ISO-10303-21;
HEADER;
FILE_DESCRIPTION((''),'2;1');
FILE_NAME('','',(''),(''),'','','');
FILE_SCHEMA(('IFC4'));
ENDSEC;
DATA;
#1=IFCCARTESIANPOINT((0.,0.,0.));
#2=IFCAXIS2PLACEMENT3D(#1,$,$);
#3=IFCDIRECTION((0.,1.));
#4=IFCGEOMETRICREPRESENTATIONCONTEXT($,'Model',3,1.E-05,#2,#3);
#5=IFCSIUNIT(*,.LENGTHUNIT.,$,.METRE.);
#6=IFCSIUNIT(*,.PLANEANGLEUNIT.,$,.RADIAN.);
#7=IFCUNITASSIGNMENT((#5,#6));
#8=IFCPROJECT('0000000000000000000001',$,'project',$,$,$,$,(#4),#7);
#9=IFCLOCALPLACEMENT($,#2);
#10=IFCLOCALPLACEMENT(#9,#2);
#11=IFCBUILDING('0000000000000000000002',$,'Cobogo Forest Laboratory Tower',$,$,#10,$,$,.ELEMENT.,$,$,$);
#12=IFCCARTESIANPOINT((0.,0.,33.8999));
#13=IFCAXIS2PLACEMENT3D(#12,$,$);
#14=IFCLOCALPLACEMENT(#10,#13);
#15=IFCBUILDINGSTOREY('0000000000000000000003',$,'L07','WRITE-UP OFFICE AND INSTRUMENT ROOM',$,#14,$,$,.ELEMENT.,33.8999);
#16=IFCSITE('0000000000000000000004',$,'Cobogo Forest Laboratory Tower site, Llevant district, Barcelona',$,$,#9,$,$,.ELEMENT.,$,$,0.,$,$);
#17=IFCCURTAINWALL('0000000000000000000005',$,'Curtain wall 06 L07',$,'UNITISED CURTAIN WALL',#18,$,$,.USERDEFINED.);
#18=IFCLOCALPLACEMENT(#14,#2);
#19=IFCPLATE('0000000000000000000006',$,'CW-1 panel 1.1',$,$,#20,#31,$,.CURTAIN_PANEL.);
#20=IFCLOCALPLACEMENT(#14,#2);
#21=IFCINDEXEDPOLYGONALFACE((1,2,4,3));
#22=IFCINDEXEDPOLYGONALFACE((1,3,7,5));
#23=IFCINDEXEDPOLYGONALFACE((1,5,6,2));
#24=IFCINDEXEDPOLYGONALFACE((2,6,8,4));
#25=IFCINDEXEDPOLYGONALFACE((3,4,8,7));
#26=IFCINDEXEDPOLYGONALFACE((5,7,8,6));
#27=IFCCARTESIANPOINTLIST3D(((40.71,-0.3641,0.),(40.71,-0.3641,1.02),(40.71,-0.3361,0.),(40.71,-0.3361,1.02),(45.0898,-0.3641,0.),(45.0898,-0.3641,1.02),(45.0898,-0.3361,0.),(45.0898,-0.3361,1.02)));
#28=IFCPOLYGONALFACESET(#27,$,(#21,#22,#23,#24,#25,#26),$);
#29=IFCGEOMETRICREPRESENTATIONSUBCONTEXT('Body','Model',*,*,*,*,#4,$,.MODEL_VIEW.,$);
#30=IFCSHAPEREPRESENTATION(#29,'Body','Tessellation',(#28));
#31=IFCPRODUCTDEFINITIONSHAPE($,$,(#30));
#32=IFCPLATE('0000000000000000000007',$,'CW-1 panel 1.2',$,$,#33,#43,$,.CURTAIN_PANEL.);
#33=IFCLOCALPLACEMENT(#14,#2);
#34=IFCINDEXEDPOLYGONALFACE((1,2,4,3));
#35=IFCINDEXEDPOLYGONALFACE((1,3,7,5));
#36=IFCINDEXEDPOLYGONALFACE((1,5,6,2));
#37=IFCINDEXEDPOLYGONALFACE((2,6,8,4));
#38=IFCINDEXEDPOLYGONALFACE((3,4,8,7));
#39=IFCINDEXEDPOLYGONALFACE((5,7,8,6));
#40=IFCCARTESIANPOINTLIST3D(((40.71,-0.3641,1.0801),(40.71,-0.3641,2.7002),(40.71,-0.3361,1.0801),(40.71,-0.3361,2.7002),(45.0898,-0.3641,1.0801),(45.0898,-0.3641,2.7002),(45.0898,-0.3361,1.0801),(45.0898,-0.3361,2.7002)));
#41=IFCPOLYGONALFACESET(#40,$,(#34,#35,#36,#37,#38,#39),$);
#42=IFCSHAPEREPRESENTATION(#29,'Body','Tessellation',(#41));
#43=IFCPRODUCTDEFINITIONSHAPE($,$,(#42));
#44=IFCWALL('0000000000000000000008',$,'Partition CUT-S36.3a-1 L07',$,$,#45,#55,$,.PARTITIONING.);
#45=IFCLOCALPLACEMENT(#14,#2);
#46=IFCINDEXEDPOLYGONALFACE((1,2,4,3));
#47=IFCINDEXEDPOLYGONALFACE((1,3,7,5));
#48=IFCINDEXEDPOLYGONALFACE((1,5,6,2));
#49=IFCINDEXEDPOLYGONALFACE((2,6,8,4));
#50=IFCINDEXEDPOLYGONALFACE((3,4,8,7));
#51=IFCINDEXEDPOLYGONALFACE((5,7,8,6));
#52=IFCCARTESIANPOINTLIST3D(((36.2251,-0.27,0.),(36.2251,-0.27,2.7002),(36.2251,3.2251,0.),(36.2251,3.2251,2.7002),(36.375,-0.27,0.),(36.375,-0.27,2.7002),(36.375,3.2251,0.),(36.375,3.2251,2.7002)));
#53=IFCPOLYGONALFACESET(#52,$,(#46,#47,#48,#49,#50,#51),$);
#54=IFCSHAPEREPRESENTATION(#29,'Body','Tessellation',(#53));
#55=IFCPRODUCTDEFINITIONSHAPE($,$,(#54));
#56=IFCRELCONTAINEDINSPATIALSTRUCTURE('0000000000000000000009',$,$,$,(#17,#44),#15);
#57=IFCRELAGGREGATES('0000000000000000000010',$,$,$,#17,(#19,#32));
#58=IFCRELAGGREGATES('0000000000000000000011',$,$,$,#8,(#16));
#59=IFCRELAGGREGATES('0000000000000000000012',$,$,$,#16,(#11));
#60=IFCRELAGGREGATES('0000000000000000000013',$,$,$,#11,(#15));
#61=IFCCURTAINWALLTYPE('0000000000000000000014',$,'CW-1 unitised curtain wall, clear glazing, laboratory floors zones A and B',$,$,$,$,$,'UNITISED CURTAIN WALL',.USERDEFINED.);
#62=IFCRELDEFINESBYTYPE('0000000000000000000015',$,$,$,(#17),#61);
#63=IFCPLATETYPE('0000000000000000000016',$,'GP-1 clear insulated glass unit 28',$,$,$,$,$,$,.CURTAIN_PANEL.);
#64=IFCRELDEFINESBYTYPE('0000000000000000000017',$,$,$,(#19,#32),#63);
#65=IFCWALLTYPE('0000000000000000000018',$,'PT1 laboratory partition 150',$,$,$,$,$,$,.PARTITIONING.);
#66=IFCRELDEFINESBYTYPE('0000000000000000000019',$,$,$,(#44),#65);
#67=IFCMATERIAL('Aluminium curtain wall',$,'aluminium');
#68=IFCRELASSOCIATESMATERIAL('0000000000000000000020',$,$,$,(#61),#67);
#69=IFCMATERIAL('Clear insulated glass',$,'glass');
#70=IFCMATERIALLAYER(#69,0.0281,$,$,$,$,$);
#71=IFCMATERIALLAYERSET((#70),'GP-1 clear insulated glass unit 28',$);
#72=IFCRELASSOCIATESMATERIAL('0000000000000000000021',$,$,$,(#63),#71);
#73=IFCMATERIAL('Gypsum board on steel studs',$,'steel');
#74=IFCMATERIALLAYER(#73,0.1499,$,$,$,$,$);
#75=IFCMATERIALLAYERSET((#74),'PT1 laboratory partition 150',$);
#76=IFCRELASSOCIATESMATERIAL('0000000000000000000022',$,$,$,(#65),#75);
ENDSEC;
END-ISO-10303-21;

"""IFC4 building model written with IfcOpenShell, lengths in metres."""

from ifc_helpers import new_model, si_unit, direction, frame, frame_2d, origin, origin_2d, place, context, subcontext, project, spatial, rectangle, extrude, material, layer, layer_set, type_object, element, aggregate, save


model = new_model("IFC4")

# Units and contexts
model_context = context("Model", 3, precision=1e-05, world=origin(), true_north=direction((0.0, 1.0)))
body_context = subcontext(model_context, "Body", "Model", "MODEL_VIEW")
ifc_project = project(units=[si_unit("LENGTHUNIT", "METRE"), si_unit("PLANEANGLEUNIT", "RADIAN")], contexts=[model_context])

# Site, building, storey
site_placement = place(None, origin())
site = spatial("IfcSite", under=ifc_project, at=site_placement, Name="Cobogo Forest Laboratory Tower site, Llevant district, Barcelona", CompositionType="ELEMENT", RefElevation=0.0)
building_placement = place(site_placement, origin())
building = spatial("IfcBuilding", under=site, at=building_placement, Name="Cobogo Forest Laboratory Tower", CompositionType="ELEMENT")
storey_placement = place(building_placement, frame((0.0, 0.0, 33.8999)))
storey = spatial("IfcBuildingStorey", under=building, at=storey_placement, Name="L07", Description="WRITE-UP OFFICE AND INSTRUMENT ROOM", CompositionType="ELEMENT", Elevation=33.8999)

# Curtain wall
ifc_material_1 = material(Name="Aluminium curtain wall", Category="aluminium")
curtain_wall_type = type_object("IfcCurtainWallType", Name="CW-1 unitised curtain wall, clear glazing, laboratory floors zones A and B", ElementType="UNITISED CURTAIN WALL", PredefinedType="USERDEFINED", material=ifc_material_1)
curtain_wall_1_placement = place(storey_placement, origin())
curtain_wall_1 = element("IfcCurtainWall", 1, at=curtain_wall_1_placement, inside=storey, type_object=curtain_wall_type, Name="Curtain wall 06 L07", ObjectType="UNITISED CURTAIN WALL", PredefinedType="USERDEFINED")

# Plates
ifc_material_2 = material(Name="Clear insulated glass", Category="glass")
ifc_layer_1 = layer(ifc_material_2, 0.0281)
ifc_layer_set_1 = layer_set([ifc_layer_1], Name="GP-1 clear insulated glass unit 28")
plate_type_1 = type_object("IfcPlateType", Name="GP-1 clear insulated glass unit 28", PredefinedType="CURTAIN_PANEL", material=ifc_layer_set_1)
plate_1_placement = place(storey_placement, frame((42.8999, -0.3501, 0.0), z_axis=(0.0, 0.0, 1.0), x_axis=(1.0, 0.0, 0.0)))
plate_1 = element("IfcPlate", 2, at=plate_1_placement, type_object=plate_type_1, Name="CW-1 panel 1.1", PredefinedType="CURTAIN_PANEL", context=body_context, shape_type="SweptSolid", body=[
    extrude(rectangle(XDim=4.3799, YDim=0.0281, at=origin_2d()), origin(), (0.0, 0.0, 1.0), 1.02),
])
plate_2_placement = place(storey_placement, frame((42.8999, -0.3501, 1.0801), z_axis=(0.0, 0.0, 1.0), x_axis=(1.0, 0.0, 0.0)))
plate_2 = element("IfcPlate", 3, at=plate_2_placement, type_object=plate_type_1, Name="CW-1 panel 1.2", PredefinedType="CURTAIN_PANEL", context=body_context, shape_type="SweptSolid", body=[
    extrude(rectangle(XDim=4.3799, YDim=0.0281, at=origin_2d()), origin(), (0.0, 0.0, 1.0), 1.6201),
])
aggregate(curtain_wall_1, [plate_1, plate_2])

# Wall
ifc_material_3 = material(Name="Gypsum board on steel studs", Category="steel")
ifc_layer_2 = layer(ifc_material_3, 0.1499)
ifc_layer_set_2 = layer_set([ifc_layer_2], Name="PT1 laboratory partition 150")
wall_type = type_object("IfcWallType", Name="PT1 laboratory partition 150", PredefinedType="PARTITIONING", material=ifc_layer_set_2)
wall_placement = place(storey_placement, frame((36.3, -0.27, 0.0), z_axis=(0.0, 0.0, 1.0), x_axis=(0.0, 1.0, 0.0)))
element("IfcWall", 4, at=wall_placement, inside=storey, type_object=wall_type, Name="Partition CUT-S36.3a-1 L07", PredefinedType="PARTITIONING", context=body_context, shape_type="SweptSolid", body=[
    extrude(rectangle(XDim=3.4951, YDim=0.1499, at=frame_2d((1.7476, 0.0))), origin(), (0.0, 0.0, 1.0), 2.7002),
])

save(model, "model.ifc")
